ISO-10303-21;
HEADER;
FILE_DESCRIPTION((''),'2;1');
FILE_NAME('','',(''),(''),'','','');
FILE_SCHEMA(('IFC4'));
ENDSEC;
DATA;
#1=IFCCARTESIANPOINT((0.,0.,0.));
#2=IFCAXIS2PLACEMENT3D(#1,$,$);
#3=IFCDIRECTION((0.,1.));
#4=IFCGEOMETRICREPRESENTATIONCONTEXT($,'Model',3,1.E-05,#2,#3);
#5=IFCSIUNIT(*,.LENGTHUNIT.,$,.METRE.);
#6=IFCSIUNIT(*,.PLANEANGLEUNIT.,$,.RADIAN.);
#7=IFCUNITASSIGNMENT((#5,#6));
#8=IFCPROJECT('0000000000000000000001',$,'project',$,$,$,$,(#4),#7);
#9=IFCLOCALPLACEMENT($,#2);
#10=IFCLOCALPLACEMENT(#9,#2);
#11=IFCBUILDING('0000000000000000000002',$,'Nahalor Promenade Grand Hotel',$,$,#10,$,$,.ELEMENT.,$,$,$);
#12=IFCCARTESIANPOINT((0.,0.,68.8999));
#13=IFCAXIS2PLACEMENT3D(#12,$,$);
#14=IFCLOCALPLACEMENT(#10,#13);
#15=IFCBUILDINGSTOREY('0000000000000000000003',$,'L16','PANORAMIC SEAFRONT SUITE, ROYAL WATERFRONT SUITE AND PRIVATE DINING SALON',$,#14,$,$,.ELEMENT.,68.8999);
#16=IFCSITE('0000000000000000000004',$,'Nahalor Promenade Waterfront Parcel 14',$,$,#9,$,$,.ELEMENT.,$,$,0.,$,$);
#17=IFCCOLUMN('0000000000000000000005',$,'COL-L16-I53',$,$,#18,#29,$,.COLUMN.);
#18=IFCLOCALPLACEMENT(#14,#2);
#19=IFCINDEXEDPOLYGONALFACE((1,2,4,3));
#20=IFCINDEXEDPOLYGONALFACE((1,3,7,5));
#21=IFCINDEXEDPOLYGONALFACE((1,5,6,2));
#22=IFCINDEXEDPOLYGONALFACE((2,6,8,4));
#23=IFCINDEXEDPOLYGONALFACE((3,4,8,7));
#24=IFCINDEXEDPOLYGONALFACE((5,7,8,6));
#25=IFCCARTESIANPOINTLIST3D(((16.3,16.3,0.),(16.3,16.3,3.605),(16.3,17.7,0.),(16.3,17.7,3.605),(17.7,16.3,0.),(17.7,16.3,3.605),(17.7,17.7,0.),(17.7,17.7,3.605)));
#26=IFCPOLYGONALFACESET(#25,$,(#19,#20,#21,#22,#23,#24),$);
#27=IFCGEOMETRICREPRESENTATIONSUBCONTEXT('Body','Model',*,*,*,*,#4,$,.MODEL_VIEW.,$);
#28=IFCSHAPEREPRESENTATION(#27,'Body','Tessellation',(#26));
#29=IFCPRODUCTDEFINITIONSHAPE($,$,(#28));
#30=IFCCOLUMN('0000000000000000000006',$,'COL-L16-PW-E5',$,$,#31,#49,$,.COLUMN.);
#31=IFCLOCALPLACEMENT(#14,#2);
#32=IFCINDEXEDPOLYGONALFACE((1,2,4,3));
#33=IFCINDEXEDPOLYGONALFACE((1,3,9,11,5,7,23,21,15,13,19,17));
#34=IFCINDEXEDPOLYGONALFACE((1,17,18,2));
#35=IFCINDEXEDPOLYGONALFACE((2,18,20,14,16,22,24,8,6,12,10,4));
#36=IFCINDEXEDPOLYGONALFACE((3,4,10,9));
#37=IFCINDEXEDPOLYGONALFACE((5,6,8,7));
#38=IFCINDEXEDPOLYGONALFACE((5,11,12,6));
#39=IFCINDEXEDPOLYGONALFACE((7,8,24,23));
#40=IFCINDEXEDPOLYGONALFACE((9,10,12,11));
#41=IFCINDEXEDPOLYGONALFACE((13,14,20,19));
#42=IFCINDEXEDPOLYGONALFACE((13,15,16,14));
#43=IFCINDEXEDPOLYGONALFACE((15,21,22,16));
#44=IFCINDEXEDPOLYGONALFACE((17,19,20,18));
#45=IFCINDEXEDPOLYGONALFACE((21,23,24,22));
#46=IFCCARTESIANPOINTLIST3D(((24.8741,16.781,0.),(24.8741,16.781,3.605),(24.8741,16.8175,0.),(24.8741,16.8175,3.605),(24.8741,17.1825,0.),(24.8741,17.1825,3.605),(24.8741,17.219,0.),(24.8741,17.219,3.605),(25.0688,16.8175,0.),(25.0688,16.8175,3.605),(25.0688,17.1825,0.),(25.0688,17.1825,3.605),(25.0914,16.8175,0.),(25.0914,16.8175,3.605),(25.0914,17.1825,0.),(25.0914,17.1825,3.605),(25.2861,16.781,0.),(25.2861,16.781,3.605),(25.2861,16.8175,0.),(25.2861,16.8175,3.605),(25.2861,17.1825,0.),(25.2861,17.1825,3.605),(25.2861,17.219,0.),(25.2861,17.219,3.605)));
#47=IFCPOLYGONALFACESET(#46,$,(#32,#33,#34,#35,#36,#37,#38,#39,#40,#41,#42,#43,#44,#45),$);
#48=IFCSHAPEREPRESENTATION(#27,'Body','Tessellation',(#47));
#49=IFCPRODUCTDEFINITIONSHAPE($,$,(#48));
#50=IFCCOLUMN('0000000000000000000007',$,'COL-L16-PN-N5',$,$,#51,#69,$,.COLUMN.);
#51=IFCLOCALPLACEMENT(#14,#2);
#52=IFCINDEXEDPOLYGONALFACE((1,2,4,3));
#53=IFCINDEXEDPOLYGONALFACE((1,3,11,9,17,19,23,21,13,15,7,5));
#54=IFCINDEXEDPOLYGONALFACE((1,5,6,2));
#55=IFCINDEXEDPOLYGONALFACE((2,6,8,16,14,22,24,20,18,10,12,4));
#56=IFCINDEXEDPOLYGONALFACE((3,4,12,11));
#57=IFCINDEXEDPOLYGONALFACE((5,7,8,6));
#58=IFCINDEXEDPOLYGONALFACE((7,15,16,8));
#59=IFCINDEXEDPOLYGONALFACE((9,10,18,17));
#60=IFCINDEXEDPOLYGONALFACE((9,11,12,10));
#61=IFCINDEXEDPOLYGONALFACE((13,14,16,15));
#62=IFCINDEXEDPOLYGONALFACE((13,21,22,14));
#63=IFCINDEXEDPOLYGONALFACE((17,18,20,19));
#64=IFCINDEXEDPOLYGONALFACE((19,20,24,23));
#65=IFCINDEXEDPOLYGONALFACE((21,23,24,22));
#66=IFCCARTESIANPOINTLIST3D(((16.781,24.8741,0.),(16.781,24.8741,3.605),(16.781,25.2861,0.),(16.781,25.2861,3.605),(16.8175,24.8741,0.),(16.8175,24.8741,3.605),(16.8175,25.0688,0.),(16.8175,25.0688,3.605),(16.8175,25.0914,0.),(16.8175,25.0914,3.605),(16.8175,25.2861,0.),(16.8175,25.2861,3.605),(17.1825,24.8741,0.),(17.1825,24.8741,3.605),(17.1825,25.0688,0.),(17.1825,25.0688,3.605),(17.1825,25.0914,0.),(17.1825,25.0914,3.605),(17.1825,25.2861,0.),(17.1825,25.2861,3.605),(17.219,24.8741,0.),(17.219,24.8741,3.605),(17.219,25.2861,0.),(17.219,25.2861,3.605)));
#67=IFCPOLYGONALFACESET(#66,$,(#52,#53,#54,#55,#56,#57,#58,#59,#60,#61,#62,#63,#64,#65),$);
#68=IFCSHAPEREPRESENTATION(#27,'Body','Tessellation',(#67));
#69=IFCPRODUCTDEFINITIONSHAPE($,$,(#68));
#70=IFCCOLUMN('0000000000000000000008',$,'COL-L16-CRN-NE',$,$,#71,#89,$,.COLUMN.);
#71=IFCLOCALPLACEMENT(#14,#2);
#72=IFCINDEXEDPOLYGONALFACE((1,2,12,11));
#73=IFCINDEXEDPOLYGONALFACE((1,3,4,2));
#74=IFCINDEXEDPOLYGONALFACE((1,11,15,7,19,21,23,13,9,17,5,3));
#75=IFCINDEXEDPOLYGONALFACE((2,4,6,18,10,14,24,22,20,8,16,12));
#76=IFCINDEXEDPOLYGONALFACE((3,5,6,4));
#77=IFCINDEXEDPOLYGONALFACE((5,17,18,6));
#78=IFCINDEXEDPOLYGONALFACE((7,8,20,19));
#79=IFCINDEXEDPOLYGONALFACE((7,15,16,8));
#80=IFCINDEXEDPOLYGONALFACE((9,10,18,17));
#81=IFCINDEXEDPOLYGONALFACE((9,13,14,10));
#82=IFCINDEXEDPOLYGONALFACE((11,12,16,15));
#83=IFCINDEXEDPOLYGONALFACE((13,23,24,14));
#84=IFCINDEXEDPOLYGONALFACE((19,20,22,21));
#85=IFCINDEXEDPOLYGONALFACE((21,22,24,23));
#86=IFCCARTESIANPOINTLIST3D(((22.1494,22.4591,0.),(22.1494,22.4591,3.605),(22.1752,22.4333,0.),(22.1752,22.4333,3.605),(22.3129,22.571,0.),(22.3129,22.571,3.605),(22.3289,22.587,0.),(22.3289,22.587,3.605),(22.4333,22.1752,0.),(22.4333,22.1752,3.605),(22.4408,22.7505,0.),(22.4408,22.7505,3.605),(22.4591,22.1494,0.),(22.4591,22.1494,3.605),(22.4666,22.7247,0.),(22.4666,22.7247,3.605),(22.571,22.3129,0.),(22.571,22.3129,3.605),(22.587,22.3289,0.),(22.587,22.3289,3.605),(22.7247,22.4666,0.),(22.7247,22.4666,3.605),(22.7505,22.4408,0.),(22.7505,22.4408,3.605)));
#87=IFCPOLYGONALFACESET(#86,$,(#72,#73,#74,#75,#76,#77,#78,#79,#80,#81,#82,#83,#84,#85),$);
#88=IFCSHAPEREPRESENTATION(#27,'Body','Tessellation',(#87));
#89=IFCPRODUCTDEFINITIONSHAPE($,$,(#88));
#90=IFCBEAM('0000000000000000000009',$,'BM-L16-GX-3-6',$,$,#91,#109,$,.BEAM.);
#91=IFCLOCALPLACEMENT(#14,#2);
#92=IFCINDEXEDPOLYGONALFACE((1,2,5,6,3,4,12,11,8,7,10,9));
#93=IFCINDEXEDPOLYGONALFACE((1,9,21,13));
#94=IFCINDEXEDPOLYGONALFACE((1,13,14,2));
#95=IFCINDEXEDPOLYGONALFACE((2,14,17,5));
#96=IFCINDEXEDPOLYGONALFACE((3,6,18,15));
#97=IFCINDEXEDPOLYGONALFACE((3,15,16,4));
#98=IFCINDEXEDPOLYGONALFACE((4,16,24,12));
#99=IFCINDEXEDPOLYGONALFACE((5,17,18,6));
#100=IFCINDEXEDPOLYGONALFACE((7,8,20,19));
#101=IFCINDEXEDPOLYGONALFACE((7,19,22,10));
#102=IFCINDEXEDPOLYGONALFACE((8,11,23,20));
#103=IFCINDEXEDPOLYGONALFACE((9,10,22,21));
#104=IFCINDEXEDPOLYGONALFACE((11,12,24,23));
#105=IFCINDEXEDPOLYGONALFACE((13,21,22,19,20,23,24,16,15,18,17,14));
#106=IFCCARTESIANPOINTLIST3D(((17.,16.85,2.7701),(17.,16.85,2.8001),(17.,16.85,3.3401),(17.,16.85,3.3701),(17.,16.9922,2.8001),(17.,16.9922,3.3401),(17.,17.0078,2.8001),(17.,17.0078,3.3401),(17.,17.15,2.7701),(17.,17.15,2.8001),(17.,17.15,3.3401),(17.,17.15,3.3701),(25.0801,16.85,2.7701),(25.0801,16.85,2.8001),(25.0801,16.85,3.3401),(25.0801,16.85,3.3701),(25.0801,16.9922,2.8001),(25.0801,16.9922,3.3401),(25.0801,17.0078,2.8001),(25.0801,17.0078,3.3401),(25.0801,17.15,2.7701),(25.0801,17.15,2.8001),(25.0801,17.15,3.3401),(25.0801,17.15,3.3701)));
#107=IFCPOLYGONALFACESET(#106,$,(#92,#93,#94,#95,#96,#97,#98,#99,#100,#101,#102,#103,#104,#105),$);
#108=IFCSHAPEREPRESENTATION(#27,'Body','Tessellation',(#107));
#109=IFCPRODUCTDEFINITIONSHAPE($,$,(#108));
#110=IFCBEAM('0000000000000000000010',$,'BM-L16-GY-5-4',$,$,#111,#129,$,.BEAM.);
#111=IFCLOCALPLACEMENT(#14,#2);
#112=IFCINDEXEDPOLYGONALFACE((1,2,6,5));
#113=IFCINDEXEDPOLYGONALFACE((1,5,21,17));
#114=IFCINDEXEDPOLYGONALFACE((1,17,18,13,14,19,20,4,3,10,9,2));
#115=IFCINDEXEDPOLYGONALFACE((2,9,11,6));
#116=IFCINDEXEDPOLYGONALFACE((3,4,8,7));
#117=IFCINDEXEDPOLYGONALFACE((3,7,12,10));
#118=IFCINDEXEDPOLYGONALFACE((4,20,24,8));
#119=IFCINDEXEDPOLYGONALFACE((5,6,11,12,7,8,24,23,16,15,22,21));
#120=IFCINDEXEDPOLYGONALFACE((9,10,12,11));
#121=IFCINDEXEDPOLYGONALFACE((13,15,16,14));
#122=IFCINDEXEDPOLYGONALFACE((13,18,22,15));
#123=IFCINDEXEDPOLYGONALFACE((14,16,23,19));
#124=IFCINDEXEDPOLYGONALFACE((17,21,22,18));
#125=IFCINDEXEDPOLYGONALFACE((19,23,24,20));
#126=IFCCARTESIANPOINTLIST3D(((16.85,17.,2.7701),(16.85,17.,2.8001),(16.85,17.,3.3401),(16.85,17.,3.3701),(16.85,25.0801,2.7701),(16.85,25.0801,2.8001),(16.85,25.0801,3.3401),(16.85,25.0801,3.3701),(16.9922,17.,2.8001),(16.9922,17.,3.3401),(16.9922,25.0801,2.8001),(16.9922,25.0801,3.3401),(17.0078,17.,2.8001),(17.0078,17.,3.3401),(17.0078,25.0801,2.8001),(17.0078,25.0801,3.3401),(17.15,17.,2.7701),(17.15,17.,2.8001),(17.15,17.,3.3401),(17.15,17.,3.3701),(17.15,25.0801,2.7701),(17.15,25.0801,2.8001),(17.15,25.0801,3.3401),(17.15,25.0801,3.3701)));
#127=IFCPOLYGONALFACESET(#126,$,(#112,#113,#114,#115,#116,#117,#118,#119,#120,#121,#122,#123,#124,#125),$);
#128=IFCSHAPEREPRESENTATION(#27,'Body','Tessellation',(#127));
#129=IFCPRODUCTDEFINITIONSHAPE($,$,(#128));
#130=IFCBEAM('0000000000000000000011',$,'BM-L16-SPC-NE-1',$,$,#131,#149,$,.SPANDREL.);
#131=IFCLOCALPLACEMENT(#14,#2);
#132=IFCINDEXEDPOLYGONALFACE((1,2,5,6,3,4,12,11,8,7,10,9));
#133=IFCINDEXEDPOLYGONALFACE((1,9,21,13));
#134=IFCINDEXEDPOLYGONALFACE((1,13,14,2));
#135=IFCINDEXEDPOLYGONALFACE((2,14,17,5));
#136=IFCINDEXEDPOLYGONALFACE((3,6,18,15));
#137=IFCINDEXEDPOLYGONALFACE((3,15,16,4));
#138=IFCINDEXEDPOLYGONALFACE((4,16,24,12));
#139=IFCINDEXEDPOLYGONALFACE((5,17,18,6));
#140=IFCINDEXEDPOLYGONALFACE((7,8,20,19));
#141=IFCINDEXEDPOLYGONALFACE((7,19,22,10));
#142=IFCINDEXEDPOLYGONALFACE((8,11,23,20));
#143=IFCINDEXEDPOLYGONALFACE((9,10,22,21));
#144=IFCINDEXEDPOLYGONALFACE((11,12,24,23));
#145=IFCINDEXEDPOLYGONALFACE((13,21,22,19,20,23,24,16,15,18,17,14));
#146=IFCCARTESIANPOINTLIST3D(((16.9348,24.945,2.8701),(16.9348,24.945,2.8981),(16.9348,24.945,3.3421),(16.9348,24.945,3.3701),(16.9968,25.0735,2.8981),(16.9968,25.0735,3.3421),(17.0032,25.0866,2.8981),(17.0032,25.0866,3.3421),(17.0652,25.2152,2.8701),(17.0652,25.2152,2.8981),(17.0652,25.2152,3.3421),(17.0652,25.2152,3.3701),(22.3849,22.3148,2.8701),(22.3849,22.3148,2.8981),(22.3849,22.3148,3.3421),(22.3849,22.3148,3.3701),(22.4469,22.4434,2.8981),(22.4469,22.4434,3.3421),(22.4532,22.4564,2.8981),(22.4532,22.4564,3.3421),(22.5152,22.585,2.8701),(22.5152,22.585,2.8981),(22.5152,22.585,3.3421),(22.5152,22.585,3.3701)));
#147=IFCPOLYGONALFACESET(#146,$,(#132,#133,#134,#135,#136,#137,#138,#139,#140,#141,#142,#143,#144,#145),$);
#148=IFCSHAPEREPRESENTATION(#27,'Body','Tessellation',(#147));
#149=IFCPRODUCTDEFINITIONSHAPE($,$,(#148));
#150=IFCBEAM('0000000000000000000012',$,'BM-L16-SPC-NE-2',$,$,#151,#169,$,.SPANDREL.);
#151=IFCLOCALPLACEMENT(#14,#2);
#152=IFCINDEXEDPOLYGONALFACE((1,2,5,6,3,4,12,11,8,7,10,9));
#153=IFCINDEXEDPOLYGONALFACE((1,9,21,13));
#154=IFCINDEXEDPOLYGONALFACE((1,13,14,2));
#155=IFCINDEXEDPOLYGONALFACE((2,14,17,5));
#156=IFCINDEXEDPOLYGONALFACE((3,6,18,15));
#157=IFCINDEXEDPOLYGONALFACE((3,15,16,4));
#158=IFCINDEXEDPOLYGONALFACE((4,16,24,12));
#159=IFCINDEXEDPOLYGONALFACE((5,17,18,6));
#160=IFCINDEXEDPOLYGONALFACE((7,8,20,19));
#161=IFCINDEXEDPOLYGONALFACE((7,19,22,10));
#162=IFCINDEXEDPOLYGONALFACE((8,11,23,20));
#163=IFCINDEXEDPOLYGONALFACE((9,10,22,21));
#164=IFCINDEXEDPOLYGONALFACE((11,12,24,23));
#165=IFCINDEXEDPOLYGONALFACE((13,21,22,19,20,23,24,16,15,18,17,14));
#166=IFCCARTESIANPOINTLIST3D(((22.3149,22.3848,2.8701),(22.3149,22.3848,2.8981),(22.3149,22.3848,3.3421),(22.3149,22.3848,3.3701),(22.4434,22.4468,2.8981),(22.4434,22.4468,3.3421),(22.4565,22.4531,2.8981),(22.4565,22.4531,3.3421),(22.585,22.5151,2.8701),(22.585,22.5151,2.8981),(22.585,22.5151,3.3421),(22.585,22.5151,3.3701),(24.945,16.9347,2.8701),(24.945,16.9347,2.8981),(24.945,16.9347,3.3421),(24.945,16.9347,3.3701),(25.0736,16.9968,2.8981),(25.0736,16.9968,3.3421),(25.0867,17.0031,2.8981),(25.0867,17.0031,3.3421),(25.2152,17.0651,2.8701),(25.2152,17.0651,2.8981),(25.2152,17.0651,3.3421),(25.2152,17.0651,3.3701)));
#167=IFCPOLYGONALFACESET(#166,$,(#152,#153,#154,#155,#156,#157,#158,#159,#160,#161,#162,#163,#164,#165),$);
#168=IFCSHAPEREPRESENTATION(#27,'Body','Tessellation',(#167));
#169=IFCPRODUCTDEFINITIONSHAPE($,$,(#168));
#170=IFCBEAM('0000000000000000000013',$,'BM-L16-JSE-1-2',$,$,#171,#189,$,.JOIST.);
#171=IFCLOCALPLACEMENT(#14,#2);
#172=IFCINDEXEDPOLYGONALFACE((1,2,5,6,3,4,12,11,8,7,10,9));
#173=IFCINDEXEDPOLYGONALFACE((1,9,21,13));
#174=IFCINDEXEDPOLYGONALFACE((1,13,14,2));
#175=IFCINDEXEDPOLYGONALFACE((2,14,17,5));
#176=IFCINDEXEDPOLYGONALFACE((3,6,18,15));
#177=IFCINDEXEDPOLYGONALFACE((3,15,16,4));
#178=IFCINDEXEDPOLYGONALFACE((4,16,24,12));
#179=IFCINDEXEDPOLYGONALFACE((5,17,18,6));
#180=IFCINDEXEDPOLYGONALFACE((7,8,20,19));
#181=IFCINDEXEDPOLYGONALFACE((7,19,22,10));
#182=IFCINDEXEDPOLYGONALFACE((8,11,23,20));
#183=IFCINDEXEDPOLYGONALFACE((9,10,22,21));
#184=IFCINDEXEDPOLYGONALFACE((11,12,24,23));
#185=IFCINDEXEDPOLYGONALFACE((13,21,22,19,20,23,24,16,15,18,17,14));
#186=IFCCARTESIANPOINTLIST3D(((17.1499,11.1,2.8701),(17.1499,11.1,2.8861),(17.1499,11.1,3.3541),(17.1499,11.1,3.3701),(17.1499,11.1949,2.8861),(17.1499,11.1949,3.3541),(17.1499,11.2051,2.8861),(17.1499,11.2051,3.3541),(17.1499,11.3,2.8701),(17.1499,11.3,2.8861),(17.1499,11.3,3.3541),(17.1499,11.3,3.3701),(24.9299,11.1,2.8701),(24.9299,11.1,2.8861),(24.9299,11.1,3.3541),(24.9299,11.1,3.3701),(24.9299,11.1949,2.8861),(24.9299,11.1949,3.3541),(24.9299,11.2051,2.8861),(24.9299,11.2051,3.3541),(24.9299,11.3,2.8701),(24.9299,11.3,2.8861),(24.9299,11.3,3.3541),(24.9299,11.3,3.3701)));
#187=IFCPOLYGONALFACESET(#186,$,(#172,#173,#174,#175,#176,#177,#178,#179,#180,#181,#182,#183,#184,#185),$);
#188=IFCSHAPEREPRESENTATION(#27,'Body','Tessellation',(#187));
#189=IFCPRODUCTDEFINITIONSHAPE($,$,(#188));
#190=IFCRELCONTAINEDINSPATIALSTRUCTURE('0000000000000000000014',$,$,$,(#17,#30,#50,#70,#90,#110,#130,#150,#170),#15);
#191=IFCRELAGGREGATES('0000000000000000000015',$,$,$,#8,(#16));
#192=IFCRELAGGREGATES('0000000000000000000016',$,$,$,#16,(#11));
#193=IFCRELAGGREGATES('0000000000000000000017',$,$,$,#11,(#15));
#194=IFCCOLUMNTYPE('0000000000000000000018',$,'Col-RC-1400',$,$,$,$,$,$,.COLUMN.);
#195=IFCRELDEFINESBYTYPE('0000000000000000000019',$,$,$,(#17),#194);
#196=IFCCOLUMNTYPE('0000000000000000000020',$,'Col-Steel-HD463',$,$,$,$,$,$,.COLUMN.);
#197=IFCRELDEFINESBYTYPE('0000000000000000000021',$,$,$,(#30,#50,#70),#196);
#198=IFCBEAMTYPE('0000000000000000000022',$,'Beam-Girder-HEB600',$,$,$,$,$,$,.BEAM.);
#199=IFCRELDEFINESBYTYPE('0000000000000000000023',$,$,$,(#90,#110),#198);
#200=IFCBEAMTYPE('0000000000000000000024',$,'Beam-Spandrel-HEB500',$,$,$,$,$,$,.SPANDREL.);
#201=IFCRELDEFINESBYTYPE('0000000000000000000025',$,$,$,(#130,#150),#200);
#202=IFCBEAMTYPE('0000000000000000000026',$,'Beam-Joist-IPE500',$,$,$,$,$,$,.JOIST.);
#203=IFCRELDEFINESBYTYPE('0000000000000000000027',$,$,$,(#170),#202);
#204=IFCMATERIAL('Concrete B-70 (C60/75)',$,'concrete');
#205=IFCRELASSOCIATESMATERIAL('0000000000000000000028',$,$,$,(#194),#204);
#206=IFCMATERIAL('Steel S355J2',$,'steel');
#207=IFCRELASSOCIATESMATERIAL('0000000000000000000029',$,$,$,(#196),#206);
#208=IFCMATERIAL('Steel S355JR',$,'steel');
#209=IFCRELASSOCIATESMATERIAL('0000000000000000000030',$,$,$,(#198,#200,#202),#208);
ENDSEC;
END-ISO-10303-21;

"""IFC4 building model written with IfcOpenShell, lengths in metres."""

from ifc_helpers import new_model, si_unit, direction, frame, origin, origin_2d, place, context, subcontext, project, spatial, rectangle, i_section, extrude, source, transform, mapped, material, material_profile, profile_set, type_object, element, save


model = new_model("IFC4")

# Units and contexts
model_context = context("Model", 3, precision=1e-05, world=origin(), true_north=direction((0.0, 1.0)))
body_context = subcontext(model_context, "Body", "Model", "MODEL_VIEW")
ifc_project = project(units=[si_unit("LENGTHUNIT", "METRE"), si_unit("PLANEANGLEUNIT", "RADIAN")], contexts=[model_context])

# Site, building, storey
site_placement = place(None, origin())
site = spatial("IfcSite", under=ifc_project, at=site_placement, Name="Nahalor Promenade Waterfront Parcel 14", CompositionType="ELEMENT", RefElevation=0.0)
building_placement = place(site_placement, origin())
building = spatial("IfcBuilding", under=site, at=building_placement, Name="Nahalor Promenade Grand Hotel", CompositionType="ELEMENT")
storey_placement = place(building_placement, frame((0.0, 0.0, 68.8999)))
storey = spatial("IfcBuildingStorey", under=building, at=storey_placement, Name="L16", Description="PANORAMIC SEAFRONT SUITE, ROYAL WATERFRONT SUITE AND PRIVATE DINING SALON", CompositionType="ELEMENT", Elevation=68.8999)

# Columns
ifc_material_1 = material(Name="Concrete B-70 (C60/75)", Category="concrete")
ifc_material_profile_1 = material_profile(ifc_material_1, rectangle(XDim=1.4, YDim=1.4, at=origin_2d()), Name="RC 1400x1400")
ifc_profile_set_1 = profile_set([ifc_material_profile_1], Name="Concrete B-70 (C60/75)")
column_type_1 = type_object("IfcColumnType", Name="Col-RC-1400", PredefinedType="COLUMN", material=ifc_profile_set_1)
shared_shape_1 = source(origin(), body_context, "Body", "SweptSolid", [
    extrude(rectangle(XDim=1.4, YDim=1.4, at=origin_2d()), origin(), (0.0, 0.0, 1.0), 3.605),
])
column_placement = place(storey_placement, frame((17.0, 17.0, 0.0), z_axis=(0.0, 0.0, 1.0), x_axis=(1.0, 0.0, 0.0)))
element("IfcColumn", 1, at=column_placement, inside=storey, type_object=column_type_1, Name="COL-L16-I53", PredefinedType="COLUMN", context=body_context, shape_type="MappedRepresentation", body=[
    mapped(shared_shape_1, transform((0.0, 0.0, 0.0), scale=1.0)),
])
ifc_material_2 = material(Name="Steel S355J2", Category="steel")
ifc_material_profile_2 = material_profile(ifc_material_2, i_section(OverallWidth=0.412, OverallDepth=0.438, WebThickness=0.0226, FlangeThickness=0.0365, at=origin_2d()), Name="HD 400x463")
ifc_profile_set_2 = profile_set([ifc_material_profile_2], Name="Steel S355J2")
column_type_2 = type_object("IfcColumnType", Name="Col-Steel-HD463", PredefinedType="COLUMN", material=ifc_profile_set_2)
shared_shape_2 = source(origin(), body_context, "Body", "SweptSolid", [
    extrude(i_section(OverallWidth=0.412, OverallDepth=0.438, WebThickness=0.0226, FlangeThickness=0.0365, at=origin_2d()), origin(), (0.0, 0.0, 1.0), 3.605),
])
for number, where, z_axis, x_axis, name in (
    (2, (25.0801, 17.0, 0.0), (0.0, 0.0, 1.0), (1.0, 0.0, 0.0), "COL-L16-PW-E5"),
    (3, (17.0, 25.0801, 0.0), (0.0, 0.0, 1.0), (0.0, 1.0, 0.0), "COL-L16-PN-N5"),
    (4, (22.45, 22.45, 0.0), (0.0, 0.0, 1.0), (0.707107, 0.707107, 0.0), "COL-L16-CRN-NE"),
):
    element("IfcColumn", number, at=place(storey_placement, frame(where, z_axis=z_axis, x_axis=x_axis)), inside=storey, type_object=column_type_2, Name=name, PredefinedType="COLUMN", context=body_context, shape_type="MappedRepresentation", body=[
        mapped(shared_shape_2, transform((0.0, 0.0, 0.0), scale=1.0)),
    ])

# Beams
ifc_material_3 = material(Name="Steel S355JR", Category="steel")
ifc_material_profile_3 = material_profile(ifc_material_3, i_section(OverallWidth=0.3, OverallDepth=0.6, WebThickness=0.0155, FlangeThickness=0.03, at=origin_2d()), Name="HEB 600")
ifc_profile_set_3 = profile_set([ifc_material_profile_3], Name="Steel S355JR")
beam_type_1 = type_object("IfcBeamType", Name="Beam-Girder-HEB600", PredefinedType="BEAM", material=ifc_profile_set_3)
shared_shape_3 = source(origin(), body_context, "Body", "SweptSolid", [
    extrude(i_section(OverallWidth=0.3, OverallDepth=0.6, WebThickness=0.0155, FlangeThickness=0.03, at=origin_2d()), origin(), (0.0, 0.0, 1.0), 8.0801),
])
for number, where, z_axis, x_axis, name in (
    (5, (17.0, 17.0, 3.0701), (1.0, 0.0, 0.0), (0.0, 1.0, 0.0), "BM-L16-GX-3-6"),
    (6, (17.0, 17.0, 3.0701), (0.0, 1.0, 0.0), (-1.0, 0.0, 0.0), "BM-L16-GY-5-4"),
):
    element("IfcBeam", number, at=place(storey_placement, frame(where, z_axis=z_axis, x_axis=x_axis)), inside=storey, type_object=beam_type_1, Name=name, PredefinedType="BEAM", context=body_context, shape_type="MappedRepresentation", body=[
        mapped(shared_shape_3, transform((0.0, 0.0, 0.0), scale=1.0)),
    ])
ifc_material_profile_4 = material_profile(ifc_material_3, i_section(OverallWidth=0.3, OverallDepth=0.5, WebThickness=0.0145, FlangeThickness=0.028, at=origin_2d()), Name="HEB 500")
ifc_profile_set_4 = profile_set([ifc_material_profile_4], Name="Steel S355JR")
beam_type_2 = type_object("IfcBeamType", Name="Beam-Spandrel-HEB500", PredefinedType="SPANDREL", material=ifc_profile_set_4)
shared_shape_4 = source(origin(), body_context, "Body", "SweptSolid", [
    extrude(i_section(OverallWidth=0.3, OverallDepth=0.5, WebThickness=0.0145, FlangeThickness=0.028, at=origin_2d()), origin(), (0.0, 0.0, 1.0), 6.0515),
])
for number, where, z_axis, x_axis, name in (
    (7, (17.0, 25.0801, 3.1201), (0.900609, -0.434631, 0.0), (0.434631, 0.900609, 0.0), "BM-L16-SPC-NE-1"),
    (8, (22.45, 22.45, 3.1201), (0.434631, -0.900609, 0.0), (0.900609, 0.434631, 0.0), "BM-L16-SPC-NE-2"),
):
    element("IfcBeam", number, at=place(storey_placement, frame(where, z_axis=z_axis, x_axis=x_axis)), inside=storey, type_object=beam_type_2, Name=name, PredefinedType="SPANDREL", context=body_context, shape_type="MappedRepresentation", body=[
        mapped(shared_shape_4, transform((0.0, 0.0, 0.0), scale=1.0)),
    ])
ifc_material_profile_5 = material_profile(ifc_material_3, i_section(OverallWidth=0.2, OverallDepth=0.5, WebThickness=0.0102, FlangeThickness=0.016, at=origin_2d()), Name="IPE 500")
ifc_profile_set_5 = profile_set([ifc_material_profile_5], Name="Steel S355JR")
beam_type_3 = type_object("IfcBeamType", Name="Beam-Joist-IPE500", PredefinedType="JOIST", material=ifc_profile_set_5)
shared_shape_5 = source(origin(), body_context, "Body", "SweptSolid", [
    extrude(i_section(OverallWidth=0.2, OverallDepth=0.5, WebThickness=0.0102, FlangeThickness=0.016, at=origin_2d()), origin(), (0.0, 0.0, 1.0), 7.78),
])
beam_placement = place(storey_placement, frame((17.1499, 11.2, 3.1201), z_axis=(1.0, 0.0, 0.0), x_axis=(0.0, 1.0, 0.0)))
element("IfcBeam", 9, at=beam_placement, inside=storey, type_object=beam_type_3, Name="BM-L16-JSE-1-2", PredefinedType="JOIST", context=body_context, shape_type="MappedRepresentation", body=[
    mapped(shared_shape_5, transform((0.0, 0.0, 0.0), scale=1.0)),
])

save(model, "model.ifc")
